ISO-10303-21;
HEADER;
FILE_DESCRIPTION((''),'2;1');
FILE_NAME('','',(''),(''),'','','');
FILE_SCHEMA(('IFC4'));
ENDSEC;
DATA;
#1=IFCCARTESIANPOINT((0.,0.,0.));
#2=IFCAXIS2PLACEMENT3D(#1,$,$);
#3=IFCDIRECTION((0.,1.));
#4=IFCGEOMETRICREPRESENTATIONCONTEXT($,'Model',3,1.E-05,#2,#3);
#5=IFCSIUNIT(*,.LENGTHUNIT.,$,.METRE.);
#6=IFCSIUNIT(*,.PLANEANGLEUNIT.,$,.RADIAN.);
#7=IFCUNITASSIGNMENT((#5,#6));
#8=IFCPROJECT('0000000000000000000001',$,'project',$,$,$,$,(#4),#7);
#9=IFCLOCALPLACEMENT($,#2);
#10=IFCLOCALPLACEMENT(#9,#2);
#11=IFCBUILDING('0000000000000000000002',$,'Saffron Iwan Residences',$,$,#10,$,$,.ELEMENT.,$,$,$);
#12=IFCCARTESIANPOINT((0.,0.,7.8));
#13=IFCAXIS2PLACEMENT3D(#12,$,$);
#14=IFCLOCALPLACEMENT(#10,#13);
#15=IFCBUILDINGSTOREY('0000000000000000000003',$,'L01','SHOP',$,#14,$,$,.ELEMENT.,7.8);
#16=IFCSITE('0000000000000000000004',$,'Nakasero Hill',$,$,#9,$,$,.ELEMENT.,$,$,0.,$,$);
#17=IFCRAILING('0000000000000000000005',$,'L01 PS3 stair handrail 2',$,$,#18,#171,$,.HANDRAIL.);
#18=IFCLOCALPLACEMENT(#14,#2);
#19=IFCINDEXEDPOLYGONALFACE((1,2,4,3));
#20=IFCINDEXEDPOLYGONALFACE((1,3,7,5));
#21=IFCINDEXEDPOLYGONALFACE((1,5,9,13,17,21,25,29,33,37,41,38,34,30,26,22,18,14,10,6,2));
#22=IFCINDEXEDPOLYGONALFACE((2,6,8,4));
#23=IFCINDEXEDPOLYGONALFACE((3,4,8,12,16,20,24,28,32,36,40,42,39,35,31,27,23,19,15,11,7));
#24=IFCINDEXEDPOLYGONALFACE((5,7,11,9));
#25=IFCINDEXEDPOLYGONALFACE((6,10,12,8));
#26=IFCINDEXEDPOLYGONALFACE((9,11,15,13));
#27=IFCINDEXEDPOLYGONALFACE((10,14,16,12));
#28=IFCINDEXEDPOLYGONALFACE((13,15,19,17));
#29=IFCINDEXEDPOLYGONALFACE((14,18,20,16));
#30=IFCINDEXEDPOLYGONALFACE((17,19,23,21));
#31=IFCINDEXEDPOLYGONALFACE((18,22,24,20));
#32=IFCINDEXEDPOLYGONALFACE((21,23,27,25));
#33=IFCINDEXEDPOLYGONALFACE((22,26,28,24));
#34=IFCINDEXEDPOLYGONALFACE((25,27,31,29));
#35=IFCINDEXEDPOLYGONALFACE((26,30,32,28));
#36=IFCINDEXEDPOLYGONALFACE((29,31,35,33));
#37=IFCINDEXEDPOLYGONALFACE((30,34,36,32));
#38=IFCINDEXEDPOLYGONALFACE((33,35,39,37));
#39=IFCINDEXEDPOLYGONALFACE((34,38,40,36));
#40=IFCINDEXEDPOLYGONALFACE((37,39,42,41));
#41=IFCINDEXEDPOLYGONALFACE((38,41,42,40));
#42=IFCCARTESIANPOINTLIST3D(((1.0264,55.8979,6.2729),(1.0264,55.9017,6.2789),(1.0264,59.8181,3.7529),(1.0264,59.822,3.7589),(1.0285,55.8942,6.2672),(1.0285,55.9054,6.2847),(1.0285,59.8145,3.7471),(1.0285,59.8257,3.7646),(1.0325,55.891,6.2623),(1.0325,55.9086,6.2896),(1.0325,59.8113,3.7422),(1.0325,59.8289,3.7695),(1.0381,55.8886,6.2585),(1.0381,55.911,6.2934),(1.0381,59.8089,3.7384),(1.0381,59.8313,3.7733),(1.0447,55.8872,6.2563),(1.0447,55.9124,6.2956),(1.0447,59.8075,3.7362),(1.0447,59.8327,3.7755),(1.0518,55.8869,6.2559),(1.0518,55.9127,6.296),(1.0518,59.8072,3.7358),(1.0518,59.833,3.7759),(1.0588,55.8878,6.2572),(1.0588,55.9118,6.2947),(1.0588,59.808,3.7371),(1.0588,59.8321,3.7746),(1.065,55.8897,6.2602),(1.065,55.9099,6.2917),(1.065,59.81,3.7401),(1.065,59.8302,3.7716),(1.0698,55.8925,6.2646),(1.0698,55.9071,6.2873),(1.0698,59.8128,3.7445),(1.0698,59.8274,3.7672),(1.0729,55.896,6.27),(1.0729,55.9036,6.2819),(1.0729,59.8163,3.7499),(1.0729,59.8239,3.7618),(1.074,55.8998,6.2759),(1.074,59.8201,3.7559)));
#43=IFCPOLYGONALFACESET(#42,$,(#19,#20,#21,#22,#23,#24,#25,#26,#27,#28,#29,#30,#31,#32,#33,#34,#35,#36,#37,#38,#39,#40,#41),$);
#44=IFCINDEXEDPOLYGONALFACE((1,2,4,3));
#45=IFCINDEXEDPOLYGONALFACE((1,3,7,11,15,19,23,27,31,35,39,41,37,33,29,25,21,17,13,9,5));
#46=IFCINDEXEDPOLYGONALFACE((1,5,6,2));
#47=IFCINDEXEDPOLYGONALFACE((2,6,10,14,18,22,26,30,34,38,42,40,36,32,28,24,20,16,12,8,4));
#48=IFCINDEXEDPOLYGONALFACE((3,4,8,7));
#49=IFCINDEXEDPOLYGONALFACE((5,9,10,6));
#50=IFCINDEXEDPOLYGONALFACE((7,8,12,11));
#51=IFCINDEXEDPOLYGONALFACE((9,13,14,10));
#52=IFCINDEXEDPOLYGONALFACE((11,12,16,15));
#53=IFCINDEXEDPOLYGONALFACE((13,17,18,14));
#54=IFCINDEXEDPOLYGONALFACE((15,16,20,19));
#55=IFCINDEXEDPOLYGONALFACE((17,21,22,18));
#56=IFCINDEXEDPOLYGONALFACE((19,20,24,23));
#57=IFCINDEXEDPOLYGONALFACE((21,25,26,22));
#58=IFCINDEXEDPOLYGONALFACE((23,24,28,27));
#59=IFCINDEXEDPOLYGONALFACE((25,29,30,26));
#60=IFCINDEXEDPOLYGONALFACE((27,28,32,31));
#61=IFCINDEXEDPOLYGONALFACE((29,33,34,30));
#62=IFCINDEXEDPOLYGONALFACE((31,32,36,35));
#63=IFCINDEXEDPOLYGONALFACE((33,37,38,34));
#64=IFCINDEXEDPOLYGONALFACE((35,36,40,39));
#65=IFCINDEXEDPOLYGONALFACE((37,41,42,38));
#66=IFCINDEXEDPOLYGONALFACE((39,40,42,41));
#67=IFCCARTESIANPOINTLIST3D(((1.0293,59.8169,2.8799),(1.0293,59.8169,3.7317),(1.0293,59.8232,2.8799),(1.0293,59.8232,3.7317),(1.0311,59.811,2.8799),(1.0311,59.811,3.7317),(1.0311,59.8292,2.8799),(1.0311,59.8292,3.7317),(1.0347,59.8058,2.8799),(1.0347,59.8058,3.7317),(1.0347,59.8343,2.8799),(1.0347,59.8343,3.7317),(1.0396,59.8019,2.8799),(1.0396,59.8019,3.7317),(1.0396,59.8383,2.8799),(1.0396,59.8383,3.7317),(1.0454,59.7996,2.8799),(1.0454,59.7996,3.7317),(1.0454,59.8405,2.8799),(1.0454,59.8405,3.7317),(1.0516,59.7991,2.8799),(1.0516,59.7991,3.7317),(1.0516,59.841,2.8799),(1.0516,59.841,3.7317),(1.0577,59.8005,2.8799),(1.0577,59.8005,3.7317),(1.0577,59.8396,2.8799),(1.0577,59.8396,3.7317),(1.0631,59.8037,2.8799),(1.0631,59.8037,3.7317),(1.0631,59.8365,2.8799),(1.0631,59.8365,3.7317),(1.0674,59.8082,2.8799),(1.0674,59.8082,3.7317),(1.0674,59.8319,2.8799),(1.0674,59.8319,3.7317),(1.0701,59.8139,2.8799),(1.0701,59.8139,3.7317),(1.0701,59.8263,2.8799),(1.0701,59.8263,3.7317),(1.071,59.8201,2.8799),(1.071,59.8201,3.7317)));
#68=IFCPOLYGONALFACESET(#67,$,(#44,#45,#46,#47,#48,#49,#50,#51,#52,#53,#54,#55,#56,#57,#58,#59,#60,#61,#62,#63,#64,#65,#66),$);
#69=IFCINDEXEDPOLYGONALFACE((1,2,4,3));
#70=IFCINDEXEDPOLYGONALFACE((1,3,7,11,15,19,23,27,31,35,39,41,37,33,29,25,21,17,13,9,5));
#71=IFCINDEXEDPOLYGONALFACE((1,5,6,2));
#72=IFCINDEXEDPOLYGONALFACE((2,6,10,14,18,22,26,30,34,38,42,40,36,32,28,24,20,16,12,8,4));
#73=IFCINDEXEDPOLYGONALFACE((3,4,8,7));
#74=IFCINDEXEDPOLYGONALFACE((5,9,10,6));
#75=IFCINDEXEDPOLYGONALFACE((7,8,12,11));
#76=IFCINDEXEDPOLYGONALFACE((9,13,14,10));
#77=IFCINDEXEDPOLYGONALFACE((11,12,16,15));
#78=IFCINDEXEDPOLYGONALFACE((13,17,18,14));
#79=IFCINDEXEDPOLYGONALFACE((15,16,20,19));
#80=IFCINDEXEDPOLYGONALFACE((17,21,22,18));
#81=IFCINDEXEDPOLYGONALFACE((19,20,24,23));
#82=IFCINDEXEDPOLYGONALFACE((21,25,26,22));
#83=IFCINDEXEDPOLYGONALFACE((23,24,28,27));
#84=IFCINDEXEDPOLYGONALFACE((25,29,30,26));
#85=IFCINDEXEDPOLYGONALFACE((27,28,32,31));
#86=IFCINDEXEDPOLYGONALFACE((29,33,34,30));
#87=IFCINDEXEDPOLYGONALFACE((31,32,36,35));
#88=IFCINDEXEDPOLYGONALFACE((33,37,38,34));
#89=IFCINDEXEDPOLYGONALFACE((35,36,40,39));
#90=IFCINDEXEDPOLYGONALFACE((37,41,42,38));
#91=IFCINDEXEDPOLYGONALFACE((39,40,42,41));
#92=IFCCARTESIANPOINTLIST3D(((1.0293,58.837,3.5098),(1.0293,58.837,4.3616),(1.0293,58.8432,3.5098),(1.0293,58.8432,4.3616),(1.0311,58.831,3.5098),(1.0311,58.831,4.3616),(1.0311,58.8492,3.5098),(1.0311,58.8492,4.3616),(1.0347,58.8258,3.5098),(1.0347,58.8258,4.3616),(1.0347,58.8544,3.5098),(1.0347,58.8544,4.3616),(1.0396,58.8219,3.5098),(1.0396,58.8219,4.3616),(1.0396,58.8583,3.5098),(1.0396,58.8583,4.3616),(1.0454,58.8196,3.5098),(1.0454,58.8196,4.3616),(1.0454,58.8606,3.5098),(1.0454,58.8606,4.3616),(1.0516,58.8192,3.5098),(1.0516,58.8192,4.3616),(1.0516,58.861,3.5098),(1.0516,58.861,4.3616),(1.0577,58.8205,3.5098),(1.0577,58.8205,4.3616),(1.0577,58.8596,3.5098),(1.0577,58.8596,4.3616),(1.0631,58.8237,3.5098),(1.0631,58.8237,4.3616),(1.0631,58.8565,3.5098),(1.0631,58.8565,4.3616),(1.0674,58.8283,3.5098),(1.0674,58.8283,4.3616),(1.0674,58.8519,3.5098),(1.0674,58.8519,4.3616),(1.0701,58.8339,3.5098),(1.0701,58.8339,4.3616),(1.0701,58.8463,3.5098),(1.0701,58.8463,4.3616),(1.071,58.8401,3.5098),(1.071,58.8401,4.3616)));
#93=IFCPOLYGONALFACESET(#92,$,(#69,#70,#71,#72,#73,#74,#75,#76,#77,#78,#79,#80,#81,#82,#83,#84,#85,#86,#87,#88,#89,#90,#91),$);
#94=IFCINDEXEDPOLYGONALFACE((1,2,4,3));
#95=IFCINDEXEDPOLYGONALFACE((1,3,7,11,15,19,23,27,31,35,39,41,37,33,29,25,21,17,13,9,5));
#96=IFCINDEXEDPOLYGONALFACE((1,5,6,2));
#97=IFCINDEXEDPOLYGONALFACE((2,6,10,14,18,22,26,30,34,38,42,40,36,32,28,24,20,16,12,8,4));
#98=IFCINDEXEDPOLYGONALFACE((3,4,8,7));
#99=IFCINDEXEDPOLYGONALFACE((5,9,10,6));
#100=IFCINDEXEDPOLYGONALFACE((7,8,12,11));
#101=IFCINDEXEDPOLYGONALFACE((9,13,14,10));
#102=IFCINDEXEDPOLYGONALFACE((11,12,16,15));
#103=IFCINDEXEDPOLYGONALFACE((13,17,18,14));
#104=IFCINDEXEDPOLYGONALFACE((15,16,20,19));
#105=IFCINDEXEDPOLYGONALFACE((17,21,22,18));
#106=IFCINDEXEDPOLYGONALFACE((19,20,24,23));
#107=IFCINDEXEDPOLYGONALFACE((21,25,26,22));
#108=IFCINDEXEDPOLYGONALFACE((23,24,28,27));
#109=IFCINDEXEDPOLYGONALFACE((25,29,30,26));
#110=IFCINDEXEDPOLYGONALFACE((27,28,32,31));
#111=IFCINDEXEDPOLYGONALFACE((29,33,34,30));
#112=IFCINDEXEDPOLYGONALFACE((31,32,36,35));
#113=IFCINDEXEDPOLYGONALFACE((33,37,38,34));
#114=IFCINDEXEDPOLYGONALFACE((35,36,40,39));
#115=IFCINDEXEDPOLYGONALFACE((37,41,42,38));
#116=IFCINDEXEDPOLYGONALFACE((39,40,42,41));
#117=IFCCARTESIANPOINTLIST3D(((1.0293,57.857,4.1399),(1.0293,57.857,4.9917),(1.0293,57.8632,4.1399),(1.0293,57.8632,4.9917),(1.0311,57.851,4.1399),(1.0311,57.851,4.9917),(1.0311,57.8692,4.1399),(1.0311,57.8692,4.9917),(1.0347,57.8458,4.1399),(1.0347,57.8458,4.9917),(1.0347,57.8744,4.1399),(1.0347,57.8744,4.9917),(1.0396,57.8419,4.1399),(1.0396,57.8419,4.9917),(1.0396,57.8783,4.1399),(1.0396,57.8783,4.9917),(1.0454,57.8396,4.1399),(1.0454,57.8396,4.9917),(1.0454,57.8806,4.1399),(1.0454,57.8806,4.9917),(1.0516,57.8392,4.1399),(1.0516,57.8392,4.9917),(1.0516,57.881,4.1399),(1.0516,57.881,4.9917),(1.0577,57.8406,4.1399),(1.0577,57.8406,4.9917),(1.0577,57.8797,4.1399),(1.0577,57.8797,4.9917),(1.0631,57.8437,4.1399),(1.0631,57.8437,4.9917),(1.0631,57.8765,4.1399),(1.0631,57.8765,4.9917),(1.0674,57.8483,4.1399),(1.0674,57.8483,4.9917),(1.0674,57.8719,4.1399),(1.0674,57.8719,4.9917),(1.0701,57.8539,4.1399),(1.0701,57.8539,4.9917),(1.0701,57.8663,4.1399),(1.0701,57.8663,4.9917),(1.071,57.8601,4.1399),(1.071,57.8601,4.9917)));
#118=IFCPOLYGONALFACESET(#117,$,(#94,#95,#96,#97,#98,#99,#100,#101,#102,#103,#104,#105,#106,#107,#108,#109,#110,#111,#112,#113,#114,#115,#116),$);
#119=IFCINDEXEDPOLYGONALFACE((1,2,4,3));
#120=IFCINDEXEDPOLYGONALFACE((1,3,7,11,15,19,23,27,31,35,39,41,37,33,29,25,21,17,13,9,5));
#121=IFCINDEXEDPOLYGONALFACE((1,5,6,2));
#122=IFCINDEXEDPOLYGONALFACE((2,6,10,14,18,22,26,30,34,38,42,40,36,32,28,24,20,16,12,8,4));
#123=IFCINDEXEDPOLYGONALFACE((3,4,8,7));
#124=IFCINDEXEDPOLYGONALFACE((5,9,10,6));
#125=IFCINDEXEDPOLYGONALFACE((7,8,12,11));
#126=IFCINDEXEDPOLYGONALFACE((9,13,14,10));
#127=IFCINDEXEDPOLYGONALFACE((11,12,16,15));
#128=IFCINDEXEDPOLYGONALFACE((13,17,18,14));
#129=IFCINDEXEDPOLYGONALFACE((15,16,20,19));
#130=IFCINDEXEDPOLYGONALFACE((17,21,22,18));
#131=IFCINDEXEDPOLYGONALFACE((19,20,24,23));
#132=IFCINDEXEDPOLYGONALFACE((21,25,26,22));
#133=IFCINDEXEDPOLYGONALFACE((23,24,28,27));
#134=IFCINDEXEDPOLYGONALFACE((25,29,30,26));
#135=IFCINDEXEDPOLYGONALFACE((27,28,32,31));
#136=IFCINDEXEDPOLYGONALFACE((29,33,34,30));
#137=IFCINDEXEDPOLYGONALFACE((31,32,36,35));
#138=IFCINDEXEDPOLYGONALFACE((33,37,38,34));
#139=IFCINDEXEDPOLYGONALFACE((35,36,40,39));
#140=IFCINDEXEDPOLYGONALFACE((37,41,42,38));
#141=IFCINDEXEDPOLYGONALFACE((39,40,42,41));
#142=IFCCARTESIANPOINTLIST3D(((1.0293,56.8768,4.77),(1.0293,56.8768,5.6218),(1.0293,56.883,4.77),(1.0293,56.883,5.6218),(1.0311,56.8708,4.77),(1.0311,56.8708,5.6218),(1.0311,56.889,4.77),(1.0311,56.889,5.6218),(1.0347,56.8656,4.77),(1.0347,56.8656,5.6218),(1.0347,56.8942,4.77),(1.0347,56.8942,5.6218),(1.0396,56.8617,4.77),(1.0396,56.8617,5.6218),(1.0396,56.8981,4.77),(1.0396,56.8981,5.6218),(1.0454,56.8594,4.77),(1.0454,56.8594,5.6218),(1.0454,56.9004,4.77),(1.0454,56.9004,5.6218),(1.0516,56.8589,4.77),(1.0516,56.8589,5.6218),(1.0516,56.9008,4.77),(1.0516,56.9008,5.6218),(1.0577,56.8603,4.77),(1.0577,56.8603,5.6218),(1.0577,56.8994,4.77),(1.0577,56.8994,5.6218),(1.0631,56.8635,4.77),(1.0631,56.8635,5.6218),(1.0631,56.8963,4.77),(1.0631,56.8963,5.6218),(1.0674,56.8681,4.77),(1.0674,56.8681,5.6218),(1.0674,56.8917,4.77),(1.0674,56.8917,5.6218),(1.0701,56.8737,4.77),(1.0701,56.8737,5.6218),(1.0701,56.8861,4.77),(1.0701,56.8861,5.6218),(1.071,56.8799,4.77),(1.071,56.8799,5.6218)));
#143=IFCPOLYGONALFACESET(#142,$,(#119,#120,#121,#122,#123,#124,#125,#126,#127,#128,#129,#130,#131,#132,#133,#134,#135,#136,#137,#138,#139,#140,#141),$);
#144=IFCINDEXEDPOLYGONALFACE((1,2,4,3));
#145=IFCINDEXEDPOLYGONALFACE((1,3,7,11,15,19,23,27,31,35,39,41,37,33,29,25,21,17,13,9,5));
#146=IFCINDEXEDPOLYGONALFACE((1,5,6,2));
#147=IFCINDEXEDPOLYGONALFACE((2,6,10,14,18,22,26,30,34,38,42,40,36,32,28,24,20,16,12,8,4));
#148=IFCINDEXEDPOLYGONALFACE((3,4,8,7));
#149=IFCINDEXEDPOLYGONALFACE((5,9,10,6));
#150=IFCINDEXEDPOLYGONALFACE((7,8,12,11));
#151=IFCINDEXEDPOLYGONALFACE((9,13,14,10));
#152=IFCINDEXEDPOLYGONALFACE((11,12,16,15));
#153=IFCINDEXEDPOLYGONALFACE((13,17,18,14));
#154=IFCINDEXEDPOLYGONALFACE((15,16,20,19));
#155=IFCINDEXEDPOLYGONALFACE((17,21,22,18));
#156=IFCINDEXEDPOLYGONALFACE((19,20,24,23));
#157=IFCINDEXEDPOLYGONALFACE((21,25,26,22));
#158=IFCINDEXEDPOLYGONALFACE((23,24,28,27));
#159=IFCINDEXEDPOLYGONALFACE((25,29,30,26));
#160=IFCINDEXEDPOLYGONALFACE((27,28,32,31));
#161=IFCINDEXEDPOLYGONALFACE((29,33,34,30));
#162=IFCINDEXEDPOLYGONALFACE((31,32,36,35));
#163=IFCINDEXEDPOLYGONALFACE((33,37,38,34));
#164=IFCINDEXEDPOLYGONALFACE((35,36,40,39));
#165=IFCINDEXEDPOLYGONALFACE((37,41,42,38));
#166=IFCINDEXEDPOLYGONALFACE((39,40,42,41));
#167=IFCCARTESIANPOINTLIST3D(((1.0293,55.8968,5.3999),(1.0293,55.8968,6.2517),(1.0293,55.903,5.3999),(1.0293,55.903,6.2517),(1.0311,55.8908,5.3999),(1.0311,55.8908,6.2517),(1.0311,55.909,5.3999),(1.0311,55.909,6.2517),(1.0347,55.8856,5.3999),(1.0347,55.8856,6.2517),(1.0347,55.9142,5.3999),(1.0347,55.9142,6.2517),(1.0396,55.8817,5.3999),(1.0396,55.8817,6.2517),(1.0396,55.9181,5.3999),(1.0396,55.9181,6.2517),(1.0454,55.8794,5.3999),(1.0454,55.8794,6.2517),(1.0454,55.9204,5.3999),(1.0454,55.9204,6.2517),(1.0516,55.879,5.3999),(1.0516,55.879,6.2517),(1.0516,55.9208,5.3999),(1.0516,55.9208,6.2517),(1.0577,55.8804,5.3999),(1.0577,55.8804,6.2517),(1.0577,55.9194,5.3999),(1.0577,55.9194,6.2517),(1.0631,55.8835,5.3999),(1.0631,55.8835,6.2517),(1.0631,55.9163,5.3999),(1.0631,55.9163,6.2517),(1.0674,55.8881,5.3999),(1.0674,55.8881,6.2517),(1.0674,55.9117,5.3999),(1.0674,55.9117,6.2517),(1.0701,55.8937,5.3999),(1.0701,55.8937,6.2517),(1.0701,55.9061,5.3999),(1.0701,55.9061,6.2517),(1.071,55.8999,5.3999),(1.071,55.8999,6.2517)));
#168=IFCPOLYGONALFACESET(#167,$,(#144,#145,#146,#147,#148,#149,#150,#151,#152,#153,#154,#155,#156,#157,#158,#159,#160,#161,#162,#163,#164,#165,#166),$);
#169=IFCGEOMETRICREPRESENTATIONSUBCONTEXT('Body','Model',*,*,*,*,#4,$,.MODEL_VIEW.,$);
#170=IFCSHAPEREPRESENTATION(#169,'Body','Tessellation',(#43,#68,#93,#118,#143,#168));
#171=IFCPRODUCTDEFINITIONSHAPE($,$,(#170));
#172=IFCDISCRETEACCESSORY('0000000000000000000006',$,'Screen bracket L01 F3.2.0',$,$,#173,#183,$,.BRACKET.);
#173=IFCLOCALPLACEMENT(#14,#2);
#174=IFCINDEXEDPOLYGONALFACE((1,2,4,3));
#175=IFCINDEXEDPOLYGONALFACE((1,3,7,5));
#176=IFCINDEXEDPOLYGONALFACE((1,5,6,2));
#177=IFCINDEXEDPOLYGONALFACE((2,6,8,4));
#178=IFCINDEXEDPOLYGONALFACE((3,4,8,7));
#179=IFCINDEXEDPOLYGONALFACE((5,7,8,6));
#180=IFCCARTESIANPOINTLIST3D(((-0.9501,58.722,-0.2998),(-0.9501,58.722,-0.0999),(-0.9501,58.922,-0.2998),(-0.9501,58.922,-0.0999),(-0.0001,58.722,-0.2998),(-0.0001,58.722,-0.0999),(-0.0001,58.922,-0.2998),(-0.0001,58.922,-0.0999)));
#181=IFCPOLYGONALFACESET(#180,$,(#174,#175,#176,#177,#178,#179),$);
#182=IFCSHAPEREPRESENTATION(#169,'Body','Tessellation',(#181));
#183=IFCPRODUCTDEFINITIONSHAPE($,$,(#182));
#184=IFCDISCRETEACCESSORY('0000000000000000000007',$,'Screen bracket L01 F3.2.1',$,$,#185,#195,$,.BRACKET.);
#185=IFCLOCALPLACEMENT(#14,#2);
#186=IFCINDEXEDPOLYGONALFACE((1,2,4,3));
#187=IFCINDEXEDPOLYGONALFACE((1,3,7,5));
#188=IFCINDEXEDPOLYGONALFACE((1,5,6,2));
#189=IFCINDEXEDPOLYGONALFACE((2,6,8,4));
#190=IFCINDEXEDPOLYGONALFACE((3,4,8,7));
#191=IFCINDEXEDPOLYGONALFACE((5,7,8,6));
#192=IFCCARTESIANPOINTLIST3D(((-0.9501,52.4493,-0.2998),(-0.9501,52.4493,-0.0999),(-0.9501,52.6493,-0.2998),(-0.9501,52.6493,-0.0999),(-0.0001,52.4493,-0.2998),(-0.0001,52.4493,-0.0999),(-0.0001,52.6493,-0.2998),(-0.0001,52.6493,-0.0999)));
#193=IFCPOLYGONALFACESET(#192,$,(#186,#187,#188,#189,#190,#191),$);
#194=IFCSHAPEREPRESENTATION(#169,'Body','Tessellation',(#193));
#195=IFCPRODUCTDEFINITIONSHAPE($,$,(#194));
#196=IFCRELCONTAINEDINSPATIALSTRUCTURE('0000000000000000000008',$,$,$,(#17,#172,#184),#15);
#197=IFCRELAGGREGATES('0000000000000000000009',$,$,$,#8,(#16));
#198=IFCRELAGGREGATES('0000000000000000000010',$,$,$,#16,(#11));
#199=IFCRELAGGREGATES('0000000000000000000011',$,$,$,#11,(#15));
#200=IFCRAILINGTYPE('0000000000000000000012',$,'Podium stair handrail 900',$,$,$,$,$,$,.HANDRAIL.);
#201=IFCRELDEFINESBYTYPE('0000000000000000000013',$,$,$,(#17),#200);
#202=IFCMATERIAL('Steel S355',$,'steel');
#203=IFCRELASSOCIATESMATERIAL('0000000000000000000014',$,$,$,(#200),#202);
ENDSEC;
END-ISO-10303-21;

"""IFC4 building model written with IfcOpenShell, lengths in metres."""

from ifc_helpers import new_model, si_unit, direction, frame, origin, origin_2d, place, context, subcontext, project, spatial, rectangle, circle, extrude, source, transform, mapped, material, type_object, element, save


model = new_model("IFC4")

# Units and contexts
model_context = context("Model", 3, precision=1e-05, world=origin(), true_north=direction((0.0, 1.0)))
body_context = subcontext(model_context, "Body", "Model", "MODEL_VIEW")
ifc_project = project(units=[si_unit("LENGTHUNIT", "METRE"), si_unit("PLANEANGLEUNIT", "RADIAN")], contexts=[model_context])

# Site, building, storey
site_placement = place(None, origin())
site = spatial("IfcSite", under=ifc_project, at=site_placement, Name="Nakasero Hill", CompositionType="ELEMENT", RefElevation=0.0)
building_placement = place(site_placement, origin())
building = spatial("IfcBuilding", under=site, at=building_placement, Name="Saffron Iwan Residences", CompositionType="ELEMENT")
storey_placement = place(building_placement, frame((0.0, 0.0, 7.8)))
storey = spatial("IfcBuildingStorey", under=building, at=storey_placement, Name="L01", Description="SHOP", CompositionType="ELEMENT", Elevation=7.8)

# Railing
ifc_material_1 = material(Name="Steel S355", Category="steel")
railing_type_1 = type_object("IfcRailingType", Name="Podium stair handrail 900", PredefinedType="HANDRAIL", material=ifc_material_1)
railing_1_placement = place(storey_placement, frame((1.05, 59.8201, 2.8799)))
element("IfcRailing", 1, at=railing_1_placement, inside=storey, type_object=railing_type_1, Name="L01 PS3 stair handrail 2", PredefinedType="HANDRAIL", context=body_context, shape_type="SweptSolid", body=[
    extrude(circle(Radius=0.0239, at=origin_2d()), frame((0.0, 0.0, 0.876), z_axis=(0.0, -0.841187, 0.540744), x_axis=(1.0, 0.0, 0.0)), (0.0, 0.0, 1.0), 4.6604),
    extrude(circle(Radius=0.021, at=origin_2d()), origin(), (0.0, 0.0, 1.0), 0.8518),
    extrude(circle(Radius=0.021, at=origin_2d()), frame((0.0, -0.98, 0.6299)), (0.0, 0.0, 1.0), 0.8518),
    extrude(circle(Radius=0.021, at=origin_2d()), frame((0.0, -1.96, 1.26)), (0.0, 0.0, 1.0), 0.8518),
    extrude(circle(Radius=0.021, at=origin_2d()), frame((0.0, -2.9402, 1.8901)), (0.0, 0.0, 1.0), 0.8518),
    extrude(circle(Radius=0.021, at=origin_2d()), frame((0.0, -3.9202, 2.52)), (0.0, 0.0, 1.0), 0.8518),
])

# Discrete accessories
shared_shape_1 = source(origin(), body_context, "Body", "SweptSolid", [
    extrude(rectangle(XDim=0.95, YDim=0.2, at=origin_2d()), origin(), (0.0, 0.0, 1.0), 0.2),
])
for number, where, z_axis, x_axis, name in (
    (2, (-0.4751, 58.822, -0.2998), (0.0, 0.0, 1.0), (-1.0, 0.0, 0.0), "Screen bracket L01 F3.2.0"),
    (3, (-0.4751, 52.5493, -0.2998), (0.0, 0.0, 1.0), (-1.0, 0.0, 0.0), "Screen bracket L01 F3.2.1"),
):
    element("IfcDiscreteAccessory", number, at=place(storey_placement, frame(where, z_axis=z_axis, x_axis=x_axis)), inside=storey, Name=name, PredefinedType="BRACKET", context=body_context, shape_type="MappedRepresentation", body=[
        mapped(shared_shape_1, transform((0.0, 0.0, 0.0))),
    ])

save(model, "model.ifc")
